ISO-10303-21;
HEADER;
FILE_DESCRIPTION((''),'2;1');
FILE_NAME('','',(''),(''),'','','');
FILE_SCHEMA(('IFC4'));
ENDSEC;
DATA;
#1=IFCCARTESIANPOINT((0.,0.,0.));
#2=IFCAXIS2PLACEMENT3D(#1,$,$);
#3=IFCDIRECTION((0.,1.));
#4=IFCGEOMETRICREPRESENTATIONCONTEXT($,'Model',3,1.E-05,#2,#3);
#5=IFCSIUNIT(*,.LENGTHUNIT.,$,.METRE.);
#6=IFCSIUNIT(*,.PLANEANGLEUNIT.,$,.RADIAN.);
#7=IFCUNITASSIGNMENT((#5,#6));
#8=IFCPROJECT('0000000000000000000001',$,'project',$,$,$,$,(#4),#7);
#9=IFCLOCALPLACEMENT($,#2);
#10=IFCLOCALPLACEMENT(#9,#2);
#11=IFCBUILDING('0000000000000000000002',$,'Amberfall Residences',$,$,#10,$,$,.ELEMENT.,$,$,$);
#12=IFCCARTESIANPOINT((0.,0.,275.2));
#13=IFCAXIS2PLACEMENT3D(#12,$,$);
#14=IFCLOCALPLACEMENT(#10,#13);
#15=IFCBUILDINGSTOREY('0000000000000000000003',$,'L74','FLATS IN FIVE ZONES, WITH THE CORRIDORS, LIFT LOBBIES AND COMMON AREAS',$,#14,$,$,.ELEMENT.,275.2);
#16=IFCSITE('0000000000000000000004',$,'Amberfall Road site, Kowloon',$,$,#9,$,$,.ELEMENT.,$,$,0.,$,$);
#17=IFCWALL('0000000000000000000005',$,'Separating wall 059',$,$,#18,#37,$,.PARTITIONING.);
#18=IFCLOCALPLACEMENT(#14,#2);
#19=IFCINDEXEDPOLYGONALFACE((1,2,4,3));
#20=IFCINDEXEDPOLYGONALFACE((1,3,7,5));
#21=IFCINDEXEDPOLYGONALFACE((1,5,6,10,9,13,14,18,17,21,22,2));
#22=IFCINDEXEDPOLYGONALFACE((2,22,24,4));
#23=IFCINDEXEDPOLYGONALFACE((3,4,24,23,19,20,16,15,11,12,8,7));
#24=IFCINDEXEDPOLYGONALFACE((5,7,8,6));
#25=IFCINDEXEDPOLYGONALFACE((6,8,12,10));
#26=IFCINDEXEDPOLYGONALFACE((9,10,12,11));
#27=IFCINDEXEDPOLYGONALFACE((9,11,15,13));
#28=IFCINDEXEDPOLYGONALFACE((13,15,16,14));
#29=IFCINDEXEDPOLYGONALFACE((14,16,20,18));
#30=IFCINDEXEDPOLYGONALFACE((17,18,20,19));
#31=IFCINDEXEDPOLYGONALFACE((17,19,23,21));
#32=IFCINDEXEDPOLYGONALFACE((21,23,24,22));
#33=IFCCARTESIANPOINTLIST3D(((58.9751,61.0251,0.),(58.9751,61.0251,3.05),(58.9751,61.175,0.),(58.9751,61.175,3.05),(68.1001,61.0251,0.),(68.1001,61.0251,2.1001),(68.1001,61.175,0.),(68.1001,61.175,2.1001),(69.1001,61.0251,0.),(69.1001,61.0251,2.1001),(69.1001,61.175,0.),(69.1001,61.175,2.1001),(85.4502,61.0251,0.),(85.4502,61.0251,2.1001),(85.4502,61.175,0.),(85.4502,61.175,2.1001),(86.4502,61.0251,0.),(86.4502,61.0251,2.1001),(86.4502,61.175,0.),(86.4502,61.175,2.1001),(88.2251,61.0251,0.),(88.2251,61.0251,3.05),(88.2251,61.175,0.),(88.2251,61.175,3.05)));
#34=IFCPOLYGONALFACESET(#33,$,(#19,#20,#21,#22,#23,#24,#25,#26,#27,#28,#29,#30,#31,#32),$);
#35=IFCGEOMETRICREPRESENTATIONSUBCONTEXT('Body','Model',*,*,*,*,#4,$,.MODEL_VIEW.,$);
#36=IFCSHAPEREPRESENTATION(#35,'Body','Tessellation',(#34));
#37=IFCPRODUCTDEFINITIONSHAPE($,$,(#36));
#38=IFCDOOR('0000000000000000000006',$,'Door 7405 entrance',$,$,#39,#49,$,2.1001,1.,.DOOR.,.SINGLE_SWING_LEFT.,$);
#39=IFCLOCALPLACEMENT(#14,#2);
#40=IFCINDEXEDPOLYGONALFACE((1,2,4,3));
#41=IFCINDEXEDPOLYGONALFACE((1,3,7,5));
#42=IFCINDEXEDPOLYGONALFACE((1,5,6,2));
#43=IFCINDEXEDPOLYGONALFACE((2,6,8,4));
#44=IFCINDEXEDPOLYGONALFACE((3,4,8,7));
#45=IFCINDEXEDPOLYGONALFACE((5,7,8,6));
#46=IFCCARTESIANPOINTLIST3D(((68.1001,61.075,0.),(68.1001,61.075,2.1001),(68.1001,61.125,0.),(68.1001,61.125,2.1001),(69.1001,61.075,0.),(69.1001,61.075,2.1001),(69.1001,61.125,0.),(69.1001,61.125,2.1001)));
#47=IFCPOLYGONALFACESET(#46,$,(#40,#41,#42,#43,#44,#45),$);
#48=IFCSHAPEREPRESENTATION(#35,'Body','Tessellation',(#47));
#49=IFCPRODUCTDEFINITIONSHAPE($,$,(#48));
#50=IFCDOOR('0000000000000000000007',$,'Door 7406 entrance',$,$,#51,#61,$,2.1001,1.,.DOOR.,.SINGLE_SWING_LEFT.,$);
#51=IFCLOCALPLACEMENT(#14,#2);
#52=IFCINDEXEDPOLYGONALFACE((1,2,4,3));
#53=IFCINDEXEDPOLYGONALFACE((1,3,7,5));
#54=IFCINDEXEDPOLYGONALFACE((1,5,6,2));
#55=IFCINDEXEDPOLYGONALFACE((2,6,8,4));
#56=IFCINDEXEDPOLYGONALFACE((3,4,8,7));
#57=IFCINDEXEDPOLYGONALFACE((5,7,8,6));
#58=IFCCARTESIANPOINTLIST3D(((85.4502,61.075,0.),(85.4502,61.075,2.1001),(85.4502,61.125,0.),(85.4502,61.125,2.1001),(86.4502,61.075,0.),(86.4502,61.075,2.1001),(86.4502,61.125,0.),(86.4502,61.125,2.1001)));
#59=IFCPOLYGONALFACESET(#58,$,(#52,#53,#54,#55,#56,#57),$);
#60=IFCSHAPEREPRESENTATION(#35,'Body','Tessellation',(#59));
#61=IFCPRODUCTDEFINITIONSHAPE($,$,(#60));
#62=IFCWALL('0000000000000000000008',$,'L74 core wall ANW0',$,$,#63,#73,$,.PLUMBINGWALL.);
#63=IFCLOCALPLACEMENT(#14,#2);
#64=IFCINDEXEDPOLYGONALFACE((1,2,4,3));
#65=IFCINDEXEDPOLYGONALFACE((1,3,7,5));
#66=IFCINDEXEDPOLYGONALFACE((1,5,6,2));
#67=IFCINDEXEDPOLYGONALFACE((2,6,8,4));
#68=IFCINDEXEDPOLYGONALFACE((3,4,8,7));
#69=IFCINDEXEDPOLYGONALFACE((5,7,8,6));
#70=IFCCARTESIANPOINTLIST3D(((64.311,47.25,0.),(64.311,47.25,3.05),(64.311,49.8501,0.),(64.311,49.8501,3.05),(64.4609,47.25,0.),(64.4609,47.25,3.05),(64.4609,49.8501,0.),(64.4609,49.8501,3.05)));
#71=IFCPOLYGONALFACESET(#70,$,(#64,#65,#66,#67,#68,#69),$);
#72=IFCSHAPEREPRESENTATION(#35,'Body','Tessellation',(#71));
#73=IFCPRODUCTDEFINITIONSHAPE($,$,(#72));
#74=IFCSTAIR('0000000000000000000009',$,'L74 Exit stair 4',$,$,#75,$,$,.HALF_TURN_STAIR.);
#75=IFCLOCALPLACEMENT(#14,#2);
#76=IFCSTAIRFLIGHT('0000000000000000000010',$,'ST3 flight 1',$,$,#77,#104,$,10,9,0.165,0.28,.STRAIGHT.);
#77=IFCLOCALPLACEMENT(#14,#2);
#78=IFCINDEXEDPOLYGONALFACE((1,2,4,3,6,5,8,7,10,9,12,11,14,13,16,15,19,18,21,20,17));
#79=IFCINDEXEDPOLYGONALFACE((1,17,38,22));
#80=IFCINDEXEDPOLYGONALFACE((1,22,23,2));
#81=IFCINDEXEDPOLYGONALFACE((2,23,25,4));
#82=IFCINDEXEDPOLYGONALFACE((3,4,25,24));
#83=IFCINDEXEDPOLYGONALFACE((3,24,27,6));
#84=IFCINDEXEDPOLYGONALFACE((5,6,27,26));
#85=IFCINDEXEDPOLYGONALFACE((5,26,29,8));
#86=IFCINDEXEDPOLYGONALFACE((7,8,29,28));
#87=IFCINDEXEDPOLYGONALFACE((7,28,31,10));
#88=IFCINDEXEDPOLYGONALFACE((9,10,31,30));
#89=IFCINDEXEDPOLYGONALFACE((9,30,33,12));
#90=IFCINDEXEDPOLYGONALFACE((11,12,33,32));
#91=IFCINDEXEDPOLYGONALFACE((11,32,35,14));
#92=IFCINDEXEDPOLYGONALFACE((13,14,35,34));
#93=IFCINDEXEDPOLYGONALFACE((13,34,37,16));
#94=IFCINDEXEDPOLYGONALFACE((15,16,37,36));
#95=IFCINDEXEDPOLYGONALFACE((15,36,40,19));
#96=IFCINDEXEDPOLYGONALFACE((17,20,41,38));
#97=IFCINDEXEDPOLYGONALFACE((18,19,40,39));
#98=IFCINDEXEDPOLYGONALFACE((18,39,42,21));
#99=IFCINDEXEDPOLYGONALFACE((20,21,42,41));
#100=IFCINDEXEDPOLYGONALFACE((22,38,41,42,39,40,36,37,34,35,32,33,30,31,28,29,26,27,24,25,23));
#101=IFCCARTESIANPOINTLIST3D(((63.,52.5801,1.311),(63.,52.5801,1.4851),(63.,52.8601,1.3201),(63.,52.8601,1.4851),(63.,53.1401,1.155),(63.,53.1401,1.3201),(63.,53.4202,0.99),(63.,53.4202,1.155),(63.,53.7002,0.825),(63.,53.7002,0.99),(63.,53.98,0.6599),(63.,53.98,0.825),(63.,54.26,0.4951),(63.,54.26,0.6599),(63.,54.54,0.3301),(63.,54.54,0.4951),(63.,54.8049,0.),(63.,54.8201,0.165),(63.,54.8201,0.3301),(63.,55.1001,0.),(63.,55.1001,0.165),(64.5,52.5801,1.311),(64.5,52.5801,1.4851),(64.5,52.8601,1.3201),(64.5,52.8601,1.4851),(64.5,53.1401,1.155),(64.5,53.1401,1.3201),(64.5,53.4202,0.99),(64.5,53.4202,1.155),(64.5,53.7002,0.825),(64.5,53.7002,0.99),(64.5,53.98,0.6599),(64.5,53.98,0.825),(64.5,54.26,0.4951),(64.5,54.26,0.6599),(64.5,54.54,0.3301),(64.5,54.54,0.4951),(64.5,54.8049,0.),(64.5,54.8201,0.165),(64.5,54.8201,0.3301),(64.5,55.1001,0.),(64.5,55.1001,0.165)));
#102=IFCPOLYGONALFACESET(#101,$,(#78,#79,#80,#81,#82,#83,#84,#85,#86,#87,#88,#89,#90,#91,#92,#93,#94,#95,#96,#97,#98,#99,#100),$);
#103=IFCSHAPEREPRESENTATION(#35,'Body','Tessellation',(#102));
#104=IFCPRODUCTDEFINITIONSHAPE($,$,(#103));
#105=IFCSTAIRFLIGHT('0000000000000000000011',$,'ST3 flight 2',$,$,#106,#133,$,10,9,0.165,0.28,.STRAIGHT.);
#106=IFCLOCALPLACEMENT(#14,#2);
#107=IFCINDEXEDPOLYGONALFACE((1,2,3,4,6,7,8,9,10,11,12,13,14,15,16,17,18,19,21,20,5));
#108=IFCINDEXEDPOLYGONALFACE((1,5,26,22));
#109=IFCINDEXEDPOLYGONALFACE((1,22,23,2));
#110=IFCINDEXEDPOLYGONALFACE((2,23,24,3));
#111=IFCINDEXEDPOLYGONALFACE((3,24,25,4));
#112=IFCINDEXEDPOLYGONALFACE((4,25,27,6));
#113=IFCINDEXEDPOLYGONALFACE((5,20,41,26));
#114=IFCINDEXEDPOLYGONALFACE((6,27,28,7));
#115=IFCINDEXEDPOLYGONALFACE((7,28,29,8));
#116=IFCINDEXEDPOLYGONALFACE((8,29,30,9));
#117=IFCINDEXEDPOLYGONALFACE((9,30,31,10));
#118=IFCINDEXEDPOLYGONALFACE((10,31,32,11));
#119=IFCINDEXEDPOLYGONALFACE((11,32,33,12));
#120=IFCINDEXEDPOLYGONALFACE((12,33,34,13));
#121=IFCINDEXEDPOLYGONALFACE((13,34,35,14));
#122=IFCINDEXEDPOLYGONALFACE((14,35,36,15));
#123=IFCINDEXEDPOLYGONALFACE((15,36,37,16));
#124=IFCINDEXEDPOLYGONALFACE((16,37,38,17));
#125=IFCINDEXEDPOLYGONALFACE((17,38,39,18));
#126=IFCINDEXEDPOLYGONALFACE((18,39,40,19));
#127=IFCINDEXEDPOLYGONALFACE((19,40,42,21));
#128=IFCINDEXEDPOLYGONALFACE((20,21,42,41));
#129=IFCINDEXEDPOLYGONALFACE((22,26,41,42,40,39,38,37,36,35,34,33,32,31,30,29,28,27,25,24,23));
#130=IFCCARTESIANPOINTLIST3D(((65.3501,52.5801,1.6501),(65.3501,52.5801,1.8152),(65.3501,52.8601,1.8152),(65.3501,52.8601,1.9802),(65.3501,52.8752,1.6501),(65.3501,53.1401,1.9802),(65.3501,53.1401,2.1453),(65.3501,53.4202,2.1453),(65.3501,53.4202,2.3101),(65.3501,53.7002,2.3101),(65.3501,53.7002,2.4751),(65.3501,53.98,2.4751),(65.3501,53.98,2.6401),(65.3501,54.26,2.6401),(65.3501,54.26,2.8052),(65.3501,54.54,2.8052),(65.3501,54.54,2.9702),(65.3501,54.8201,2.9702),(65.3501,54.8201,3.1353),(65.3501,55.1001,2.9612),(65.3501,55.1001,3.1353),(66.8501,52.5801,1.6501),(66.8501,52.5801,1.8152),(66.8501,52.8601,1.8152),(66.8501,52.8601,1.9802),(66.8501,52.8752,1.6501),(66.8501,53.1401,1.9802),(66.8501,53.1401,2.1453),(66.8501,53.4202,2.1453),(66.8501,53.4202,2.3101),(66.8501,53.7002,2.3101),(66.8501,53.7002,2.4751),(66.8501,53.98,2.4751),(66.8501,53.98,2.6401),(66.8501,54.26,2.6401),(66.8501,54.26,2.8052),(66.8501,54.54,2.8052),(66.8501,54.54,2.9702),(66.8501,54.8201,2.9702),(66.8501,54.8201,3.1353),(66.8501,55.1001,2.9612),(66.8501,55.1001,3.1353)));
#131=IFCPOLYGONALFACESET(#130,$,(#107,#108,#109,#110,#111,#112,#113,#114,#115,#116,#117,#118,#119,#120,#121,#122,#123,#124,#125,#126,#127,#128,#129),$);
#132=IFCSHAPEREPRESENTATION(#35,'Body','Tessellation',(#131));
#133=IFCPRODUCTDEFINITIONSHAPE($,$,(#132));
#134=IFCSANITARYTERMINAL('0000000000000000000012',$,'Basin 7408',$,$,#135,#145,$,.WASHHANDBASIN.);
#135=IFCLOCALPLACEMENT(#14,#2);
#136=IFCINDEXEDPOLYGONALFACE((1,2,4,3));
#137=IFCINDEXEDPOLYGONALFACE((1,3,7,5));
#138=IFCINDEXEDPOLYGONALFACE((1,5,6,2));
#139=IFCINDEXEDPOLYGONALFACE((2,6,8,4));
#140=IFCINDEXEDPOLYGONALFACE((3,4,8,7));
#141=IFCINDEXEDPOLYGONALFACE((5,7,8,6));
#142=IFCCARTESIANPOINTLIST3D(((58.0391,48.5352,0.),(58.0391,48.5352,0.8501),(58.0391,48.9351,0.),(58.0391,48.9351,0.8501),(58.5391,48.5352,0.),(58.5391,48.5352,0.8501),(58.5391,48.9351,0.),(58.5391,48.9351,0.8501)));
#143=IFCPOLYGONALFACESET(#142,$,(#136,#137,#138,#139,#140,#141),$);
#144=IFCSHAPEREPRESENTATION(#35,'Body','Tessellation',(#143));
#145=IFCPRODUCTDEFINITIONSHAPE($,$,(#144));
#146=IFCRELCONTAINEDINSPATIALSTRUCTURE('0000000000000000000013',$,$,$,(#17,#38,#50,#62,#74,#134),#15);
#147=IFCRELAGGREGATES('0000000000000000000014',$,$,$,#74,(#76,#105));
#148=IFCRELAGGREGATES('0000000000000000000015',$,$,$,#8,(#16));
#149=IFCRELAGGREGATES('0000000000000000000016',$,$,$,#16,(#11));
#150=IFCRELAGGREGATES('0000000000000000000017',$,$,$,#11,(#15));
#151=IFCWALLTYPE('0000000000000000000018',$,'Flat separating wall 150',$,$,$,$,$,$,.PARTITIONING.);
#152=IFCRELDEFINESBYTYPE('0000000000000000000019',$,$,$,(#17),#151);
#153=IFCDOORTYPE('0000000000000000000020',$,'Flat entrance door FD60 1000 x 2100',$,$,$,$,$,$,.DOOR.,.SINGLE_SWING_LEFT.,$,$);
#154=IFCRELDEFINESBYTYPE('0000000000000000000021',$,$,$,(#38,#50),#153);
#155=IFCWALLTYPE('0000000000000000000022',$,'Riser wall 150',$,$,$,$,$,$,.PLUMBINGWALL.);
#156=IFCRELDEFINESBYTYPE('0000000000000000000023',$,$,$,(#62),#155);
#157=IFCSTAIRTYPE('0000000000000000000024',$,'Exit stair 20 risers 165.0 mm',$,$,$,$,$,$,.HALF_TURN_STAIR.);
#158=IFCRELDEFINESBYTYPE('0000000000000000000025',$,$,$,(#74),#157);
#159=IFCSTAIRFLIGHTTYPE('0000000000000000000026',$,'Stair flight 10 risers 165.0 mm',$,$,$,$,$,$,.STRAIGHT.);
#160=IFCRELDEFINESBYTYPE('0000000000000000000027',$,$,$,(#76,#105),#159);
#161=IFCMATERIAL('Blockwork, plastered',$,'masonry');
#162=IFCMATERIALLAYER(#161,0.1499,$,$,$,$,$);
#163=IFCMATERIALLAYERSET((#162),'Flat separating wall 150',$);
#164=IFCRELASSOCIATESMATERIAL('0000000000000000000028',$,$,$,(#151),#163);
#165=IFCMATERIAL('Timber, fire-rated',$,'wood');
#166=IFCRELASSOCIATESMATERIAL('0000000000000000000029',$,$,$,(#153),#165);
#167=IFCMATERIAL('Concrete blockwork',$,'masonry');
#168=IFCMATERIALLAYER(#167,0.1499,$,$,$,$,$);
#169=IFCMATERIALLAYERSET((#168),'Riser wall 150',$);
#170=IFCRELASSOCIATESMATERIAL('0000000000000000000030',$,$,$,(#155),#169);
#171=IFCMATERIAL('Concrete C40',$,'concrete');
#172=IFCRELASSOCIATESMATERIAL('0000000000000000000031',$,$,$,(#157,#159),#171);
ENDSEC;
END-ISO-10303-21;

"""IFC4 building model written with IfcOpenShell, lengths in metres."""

from ifc_helpers import new_model, si_unit, direction, frame, frame_2d, origin, origin_2d, place, context, subcontext, project, spatial, polyline, rectangle, outline, extrude, material, layer, layer_set, type_object, element, fill, aggregate, save


model = new_model("IFC4")

# Units and contexts
model_context = context("Model", 3, precision=1e-05, world=origin(), true_north=direction((0.0, 1.0)))
body_context = subcontext(model_context, "Body", "Model", "MODEL_VIEW")
ifc_project = project(units=[si_unit("LENGTHUNIT", "METRE"), si_unit("PLANEANGLEUNIT", "RADIAN")], contexts=[model_context])

# Site, building, storey
site_placement = place(None, origin())
site = spatial("IfcSite", under=ifc_project, at=site_placement, Name="Amberfall Road site, Kowloon", CompositionType="ELEMENT", RefElevation=0.0)
building_placement = place(site_placement, origin())
building = spatial("IfcBuilding", under=site, at=building_placement, Name="Amberfall Residences", CompositionType="ELEMENT")
storey_placement = place(building_placement, frame((0.0, 0.0, 275.2)))
storey = spatial("IfcBuildingStorey", under=building, at=storey_placement, Name="L74", Description="FLATS IN FIVE ZONES, WITH THE CORRIDORS, LIFT LOBBIES AND COMMON AREAS", CompositionType="ELEMENT", Elevation=275.2)

# Wall, openings, doors
ifc_material_1 = material(Name="Blockwork, plastered", Category="masonry")
ifc_layer_1 = layer(ifc_material_1, 0.1499)
ifc_layer_set_1 = layer_set([ifc_layer_1], Name="Flat separating wall 150")
wall_type_1 = type_object("IfcWallType", Name="Flat separating wall 150", PredefinedType="PARTITIONING", material=ifc_layer_set_1)
wall_1_placement = place(storey_placement, frame((58.9751, 61.1001, 0.0), z_axis=(0.0, 0.0, 1.0), x_axis=(1.0, 0.0, 0.0)))
wall_1 = element("IfcWall", 1, at=wall_1_placement, inside=storey, type_object=wall_type_1, Name="Separating wall 059", PredefinedType="PARTITIONING", context=body_context, shape_type="SweptSolid", body=[
    extrude(rectangle(XDim=29.25, YDim=0.1499, at=frame_2d((14.625, 0.0))), origin(), (0.0, 0.0, 1.0), 3.05),
])
opening_1_placement = place(wall_1_placement, frame((9.125, 0.0, 0.0)))
opening_1 = element("IfcOpeningElement", 2, at=opening_1_placement, cuts=wall_1, PredefinedType="OPENING", context=body_context, shape_type="SweptSolid", body=[
    extrude(rectangle(XDim=1.0, YDim=2.1001, at=frame_2d((0.5, 1.05))), frame((0.0, 0.085, 0.0), z_axis=(0.0, -1.0, 0.0), x_axis=(1.0, 0.0, 0.0)), (0.0, 0.0, 1.0), 0.1699),
])
opening_2_placement = place(wall_1_placement, frame((26.4751, 0.0, 0.0)))
opening_2 = element("IfcOpeningElement", 3, at=opening_2_placement, cuts=wall_1, PredefinedType="OPENING", context=body_context, shape_type="SweptSolid", body=[
    extrude(rectangle(XDim=1.0, YDim=2.1001, at=frame_2d((0.5, 1.05))), frame((0.0, 0.085, 0.0), z_axis=(0.0, -1.0, 0.0), x_axis=(1.0, 0.0, 0.0)), (0.0, 0.0, 1.0), 0.1699),
])
ifc_material_2 = material(Name="Timber, fire-rated", Category="wood")
door_type_1 = type_object("IfcDoorType", Name="Flat entrance door FD60 1000 x 2100", OperationType="SINGLE_SWING_LEFT", PredefinedType="DOOR", material=ifc_material_2)
door_1_placement = place(opening_1_placement, origin())
door_1 = element("IfcDoor", 4, at=door_1_placement, inside=storey, type_object=door_type_1, Name="Door 7405 entrance", OperationType="SINGLE_SWING_LEFT", OverallHeight=2.1001, OverallWidth=1.0, PredefinedType="DOOR", context=body_context, shape_type="SweptSolid", body=[
    extrude(rectangle(XDim=1.0, YDim=2.1001, at=frame_2d((0.5, 1.05))), frame((0.0, 0.0249, 0.0), z_axis=(0.0, -1.0, 0.0), x_axis=(1.0, 0.0, 0.0)), (0.0, 0.0, 1.0), 0.05),
])
fill(opening_1, door_1)
door_2_placement = place(opening_2_placement, origin())
door_2 = element("IfcDoor", 5, at=door_2_placement, inside=storey, type_object=door_type_1, Name="Door 7406 entrance", OperationType="SINGLE_SWING_LEFT", OverallHeight=2.1001, OverallWidth=1.0, PredefinedType="DOOR", context=body_context, shape_type="SweptSolid", body=[
    extrude(rectangle(XDim=1.0, YDim=2.1001, at=frame_2d((0.5, 1.05))), frame((0.0, 0.0249, 0.0), z_axis=(0.0, -1.0, 0.0), x_axis=(1.0, 0.0, 0.0)), (0.0, 0.0, 1.0), 0.05),
])
fill(opening_2, door_2)

# Wall
ifc_material_3 = material(Name="Concrete blockwork", Category="masonry")
ifc_layer_2 = layer(ifc_material_3, 0.1499)
ifc_layer_set_2 = layer_set([ifc_layer_2], Name="Riser wall 150")
wall_type_2 = type_object("IfcWallType", Name="Riser wall 150", PredefinedType="PLUMBINGWALL", material=ifc_layer_set_2)
wall_2_placement = place(storey_placement, frame((64.386, 47.25, 0.0), z_axis=(0.0, 0.0, 1.0), x_axis=(0.0, 1.0, 0.0)))
element("IfcWall", 6, at=wall_2_placement, inside=storey, type_object=wall_type_2, Name="L74 core wall ANW0", PredefinedType="PLUMBINGWALL", context=body_context, shape_type="SweptSolid", body=[
    extrude(rectangle(XDim=2.6001, YDim=0.1499, at=frame_2d((1.3, 0.0))), origin(), (0.0, 0.0, 1.0), 3.05),
])

# Stair, stair flights
ifc_material_4 = material(Name="Concrete C40", Category="concrete")
stair_type = type_object("IfcStairType", Name="Exit stair 20 risers 165.0 mm", PredefinedType="HALF_TURN_STAIR", material=ifc_material_4)
stair_placement = place(storey_placement, origin())
stair = element("IfcStair", 7, at=stair_placement, inside=storey, type_object=stair_type, Name="L74 Exit stair 4", PredefinedType="HALF_TURN_STAIR")
stair_flight_type = type_object("IfcStairFlightType", Name="Stair flight 10 risers 165.0 mm", PredefinedType="STRAIGHT", material=ifc_material_4)
stair_flight_1_placement = place(storey_placement, frame((63.75, 55.1001, 0.0), z_axis=(0.0, 0.0, 1.0), x_axis=(0.0, -1.0, 0.0)))
stair_flight_1 = element("IfcStairFlight", 8, at=stair_flight_1_placement, type_object=stair_flight_type, Name="ST3 flight 1", NumberOfRisers=10, NumberOfTreads=9, PredefinedType="STRAIGHT", RiserHeight=0.165, TreadLength=0.28, context=body_context, shape_type="SweptSolid", body=[
    extrude(outline(polyline([(0.0, 0.0), (0.0, 0.165), (0.28, 0.165), (0.28, 0.3301), (0.5601, 0.3301), (0.5601, 0.4951), (0.8401, 0.4951), (0.8401, 0.6599), (1.1201, 0.6599), (1.1201, 0.825), (1.3999, 0.825), (1.3999, 0.99), (1.6799, 0.99), (1.6799, 1.155), (1.96, 1.155), (1.96, 1.3201), (2.24, 1.3201), (2.24, 1.4851), (2.52, 1.4851), (2.52, 1.6499), (2.52, 1.311), (0.2952, 0.0), (0.0, 0.0)])), frame((0.0, 0.75, 0.0), z_axis=(0.0, -1.0, 0.0), x_axis=(1.0, 0.0, 0.0)), (0.0, 0.0, 1.0), 1.5),
])
stair_flight_2_placement = place(storey_placement, frame((66.1001, 52.5801, 1.6501), z_axis=(0.0, 0.0, 1.0), x_axis=(0.0, 1.0, 0.0)))
stair_flight_2 = element("IfcStairFlight", 9, at=stair_flight_2_placement, type_object=stair_flight_type, Name="ST3 flight 2", NumberOfRisers=10, NumberOfTreads=9, PredefinedType="STRAIGHT", RiserHeight=0.165, TreadLength=0.28, context=body_context, shape_type="SweptSolid", body=[
    extrude(outline(polyline([(0.0, 0.0), (0.0, 0.165), (0.28, 0.165), (0.28, 0.3301), (0.5601, 0.3301), (0.5601, 0.4951), (0.8401, 0.4951), (0.8401, 0.6599), (1.1201, 0.6599), (1.1201, 0.825), (1.3999, 0.825), (1.3999, 0.99), (1.6799, 0.99), (1.6799, 1.155), (1.96, 1.155), (1.96, 1.3201), (2.24, 1.3201), (2.24, 1.4851), (2.52, 1.4851), (2.52, 1.6499), (2.52, 1.311), (0.2952, 0.0), (0.0, 0.0)])), frame((0.0, 0.75, 0.0), z_axis=(0.0, -1.0, 0.0), x_axis=(1.0, 0.0, 0.0)), (0.0, 0.0, 1.0), 1.5),
])
aggregate(stair, [stair_flight_1, stair_flight_2])

# Sanitary terminal
sanitary_terminal_placement = place(storey_placement, frame((58.2891, 48.7351, 0.0), z_axis=(0.0, 0.0, 1.0), x_axis=(1.0, 0.0, 0.0)))
element("IfcSanitaryTerminal", 10, at=sanitary_terminal_placement, inside=storey, Name="Basin 7408", PredefinedType="WASHHANDBASIN", context=body_context, shape_type="SweptSolid", body=[
    extrude(rectangle(XDim=0.5, YDim=0.3999, at=origin_2d()), origin(), (0.0, 0.0, 1.0), 0.8501),
])

save(model, "model.ifc")
